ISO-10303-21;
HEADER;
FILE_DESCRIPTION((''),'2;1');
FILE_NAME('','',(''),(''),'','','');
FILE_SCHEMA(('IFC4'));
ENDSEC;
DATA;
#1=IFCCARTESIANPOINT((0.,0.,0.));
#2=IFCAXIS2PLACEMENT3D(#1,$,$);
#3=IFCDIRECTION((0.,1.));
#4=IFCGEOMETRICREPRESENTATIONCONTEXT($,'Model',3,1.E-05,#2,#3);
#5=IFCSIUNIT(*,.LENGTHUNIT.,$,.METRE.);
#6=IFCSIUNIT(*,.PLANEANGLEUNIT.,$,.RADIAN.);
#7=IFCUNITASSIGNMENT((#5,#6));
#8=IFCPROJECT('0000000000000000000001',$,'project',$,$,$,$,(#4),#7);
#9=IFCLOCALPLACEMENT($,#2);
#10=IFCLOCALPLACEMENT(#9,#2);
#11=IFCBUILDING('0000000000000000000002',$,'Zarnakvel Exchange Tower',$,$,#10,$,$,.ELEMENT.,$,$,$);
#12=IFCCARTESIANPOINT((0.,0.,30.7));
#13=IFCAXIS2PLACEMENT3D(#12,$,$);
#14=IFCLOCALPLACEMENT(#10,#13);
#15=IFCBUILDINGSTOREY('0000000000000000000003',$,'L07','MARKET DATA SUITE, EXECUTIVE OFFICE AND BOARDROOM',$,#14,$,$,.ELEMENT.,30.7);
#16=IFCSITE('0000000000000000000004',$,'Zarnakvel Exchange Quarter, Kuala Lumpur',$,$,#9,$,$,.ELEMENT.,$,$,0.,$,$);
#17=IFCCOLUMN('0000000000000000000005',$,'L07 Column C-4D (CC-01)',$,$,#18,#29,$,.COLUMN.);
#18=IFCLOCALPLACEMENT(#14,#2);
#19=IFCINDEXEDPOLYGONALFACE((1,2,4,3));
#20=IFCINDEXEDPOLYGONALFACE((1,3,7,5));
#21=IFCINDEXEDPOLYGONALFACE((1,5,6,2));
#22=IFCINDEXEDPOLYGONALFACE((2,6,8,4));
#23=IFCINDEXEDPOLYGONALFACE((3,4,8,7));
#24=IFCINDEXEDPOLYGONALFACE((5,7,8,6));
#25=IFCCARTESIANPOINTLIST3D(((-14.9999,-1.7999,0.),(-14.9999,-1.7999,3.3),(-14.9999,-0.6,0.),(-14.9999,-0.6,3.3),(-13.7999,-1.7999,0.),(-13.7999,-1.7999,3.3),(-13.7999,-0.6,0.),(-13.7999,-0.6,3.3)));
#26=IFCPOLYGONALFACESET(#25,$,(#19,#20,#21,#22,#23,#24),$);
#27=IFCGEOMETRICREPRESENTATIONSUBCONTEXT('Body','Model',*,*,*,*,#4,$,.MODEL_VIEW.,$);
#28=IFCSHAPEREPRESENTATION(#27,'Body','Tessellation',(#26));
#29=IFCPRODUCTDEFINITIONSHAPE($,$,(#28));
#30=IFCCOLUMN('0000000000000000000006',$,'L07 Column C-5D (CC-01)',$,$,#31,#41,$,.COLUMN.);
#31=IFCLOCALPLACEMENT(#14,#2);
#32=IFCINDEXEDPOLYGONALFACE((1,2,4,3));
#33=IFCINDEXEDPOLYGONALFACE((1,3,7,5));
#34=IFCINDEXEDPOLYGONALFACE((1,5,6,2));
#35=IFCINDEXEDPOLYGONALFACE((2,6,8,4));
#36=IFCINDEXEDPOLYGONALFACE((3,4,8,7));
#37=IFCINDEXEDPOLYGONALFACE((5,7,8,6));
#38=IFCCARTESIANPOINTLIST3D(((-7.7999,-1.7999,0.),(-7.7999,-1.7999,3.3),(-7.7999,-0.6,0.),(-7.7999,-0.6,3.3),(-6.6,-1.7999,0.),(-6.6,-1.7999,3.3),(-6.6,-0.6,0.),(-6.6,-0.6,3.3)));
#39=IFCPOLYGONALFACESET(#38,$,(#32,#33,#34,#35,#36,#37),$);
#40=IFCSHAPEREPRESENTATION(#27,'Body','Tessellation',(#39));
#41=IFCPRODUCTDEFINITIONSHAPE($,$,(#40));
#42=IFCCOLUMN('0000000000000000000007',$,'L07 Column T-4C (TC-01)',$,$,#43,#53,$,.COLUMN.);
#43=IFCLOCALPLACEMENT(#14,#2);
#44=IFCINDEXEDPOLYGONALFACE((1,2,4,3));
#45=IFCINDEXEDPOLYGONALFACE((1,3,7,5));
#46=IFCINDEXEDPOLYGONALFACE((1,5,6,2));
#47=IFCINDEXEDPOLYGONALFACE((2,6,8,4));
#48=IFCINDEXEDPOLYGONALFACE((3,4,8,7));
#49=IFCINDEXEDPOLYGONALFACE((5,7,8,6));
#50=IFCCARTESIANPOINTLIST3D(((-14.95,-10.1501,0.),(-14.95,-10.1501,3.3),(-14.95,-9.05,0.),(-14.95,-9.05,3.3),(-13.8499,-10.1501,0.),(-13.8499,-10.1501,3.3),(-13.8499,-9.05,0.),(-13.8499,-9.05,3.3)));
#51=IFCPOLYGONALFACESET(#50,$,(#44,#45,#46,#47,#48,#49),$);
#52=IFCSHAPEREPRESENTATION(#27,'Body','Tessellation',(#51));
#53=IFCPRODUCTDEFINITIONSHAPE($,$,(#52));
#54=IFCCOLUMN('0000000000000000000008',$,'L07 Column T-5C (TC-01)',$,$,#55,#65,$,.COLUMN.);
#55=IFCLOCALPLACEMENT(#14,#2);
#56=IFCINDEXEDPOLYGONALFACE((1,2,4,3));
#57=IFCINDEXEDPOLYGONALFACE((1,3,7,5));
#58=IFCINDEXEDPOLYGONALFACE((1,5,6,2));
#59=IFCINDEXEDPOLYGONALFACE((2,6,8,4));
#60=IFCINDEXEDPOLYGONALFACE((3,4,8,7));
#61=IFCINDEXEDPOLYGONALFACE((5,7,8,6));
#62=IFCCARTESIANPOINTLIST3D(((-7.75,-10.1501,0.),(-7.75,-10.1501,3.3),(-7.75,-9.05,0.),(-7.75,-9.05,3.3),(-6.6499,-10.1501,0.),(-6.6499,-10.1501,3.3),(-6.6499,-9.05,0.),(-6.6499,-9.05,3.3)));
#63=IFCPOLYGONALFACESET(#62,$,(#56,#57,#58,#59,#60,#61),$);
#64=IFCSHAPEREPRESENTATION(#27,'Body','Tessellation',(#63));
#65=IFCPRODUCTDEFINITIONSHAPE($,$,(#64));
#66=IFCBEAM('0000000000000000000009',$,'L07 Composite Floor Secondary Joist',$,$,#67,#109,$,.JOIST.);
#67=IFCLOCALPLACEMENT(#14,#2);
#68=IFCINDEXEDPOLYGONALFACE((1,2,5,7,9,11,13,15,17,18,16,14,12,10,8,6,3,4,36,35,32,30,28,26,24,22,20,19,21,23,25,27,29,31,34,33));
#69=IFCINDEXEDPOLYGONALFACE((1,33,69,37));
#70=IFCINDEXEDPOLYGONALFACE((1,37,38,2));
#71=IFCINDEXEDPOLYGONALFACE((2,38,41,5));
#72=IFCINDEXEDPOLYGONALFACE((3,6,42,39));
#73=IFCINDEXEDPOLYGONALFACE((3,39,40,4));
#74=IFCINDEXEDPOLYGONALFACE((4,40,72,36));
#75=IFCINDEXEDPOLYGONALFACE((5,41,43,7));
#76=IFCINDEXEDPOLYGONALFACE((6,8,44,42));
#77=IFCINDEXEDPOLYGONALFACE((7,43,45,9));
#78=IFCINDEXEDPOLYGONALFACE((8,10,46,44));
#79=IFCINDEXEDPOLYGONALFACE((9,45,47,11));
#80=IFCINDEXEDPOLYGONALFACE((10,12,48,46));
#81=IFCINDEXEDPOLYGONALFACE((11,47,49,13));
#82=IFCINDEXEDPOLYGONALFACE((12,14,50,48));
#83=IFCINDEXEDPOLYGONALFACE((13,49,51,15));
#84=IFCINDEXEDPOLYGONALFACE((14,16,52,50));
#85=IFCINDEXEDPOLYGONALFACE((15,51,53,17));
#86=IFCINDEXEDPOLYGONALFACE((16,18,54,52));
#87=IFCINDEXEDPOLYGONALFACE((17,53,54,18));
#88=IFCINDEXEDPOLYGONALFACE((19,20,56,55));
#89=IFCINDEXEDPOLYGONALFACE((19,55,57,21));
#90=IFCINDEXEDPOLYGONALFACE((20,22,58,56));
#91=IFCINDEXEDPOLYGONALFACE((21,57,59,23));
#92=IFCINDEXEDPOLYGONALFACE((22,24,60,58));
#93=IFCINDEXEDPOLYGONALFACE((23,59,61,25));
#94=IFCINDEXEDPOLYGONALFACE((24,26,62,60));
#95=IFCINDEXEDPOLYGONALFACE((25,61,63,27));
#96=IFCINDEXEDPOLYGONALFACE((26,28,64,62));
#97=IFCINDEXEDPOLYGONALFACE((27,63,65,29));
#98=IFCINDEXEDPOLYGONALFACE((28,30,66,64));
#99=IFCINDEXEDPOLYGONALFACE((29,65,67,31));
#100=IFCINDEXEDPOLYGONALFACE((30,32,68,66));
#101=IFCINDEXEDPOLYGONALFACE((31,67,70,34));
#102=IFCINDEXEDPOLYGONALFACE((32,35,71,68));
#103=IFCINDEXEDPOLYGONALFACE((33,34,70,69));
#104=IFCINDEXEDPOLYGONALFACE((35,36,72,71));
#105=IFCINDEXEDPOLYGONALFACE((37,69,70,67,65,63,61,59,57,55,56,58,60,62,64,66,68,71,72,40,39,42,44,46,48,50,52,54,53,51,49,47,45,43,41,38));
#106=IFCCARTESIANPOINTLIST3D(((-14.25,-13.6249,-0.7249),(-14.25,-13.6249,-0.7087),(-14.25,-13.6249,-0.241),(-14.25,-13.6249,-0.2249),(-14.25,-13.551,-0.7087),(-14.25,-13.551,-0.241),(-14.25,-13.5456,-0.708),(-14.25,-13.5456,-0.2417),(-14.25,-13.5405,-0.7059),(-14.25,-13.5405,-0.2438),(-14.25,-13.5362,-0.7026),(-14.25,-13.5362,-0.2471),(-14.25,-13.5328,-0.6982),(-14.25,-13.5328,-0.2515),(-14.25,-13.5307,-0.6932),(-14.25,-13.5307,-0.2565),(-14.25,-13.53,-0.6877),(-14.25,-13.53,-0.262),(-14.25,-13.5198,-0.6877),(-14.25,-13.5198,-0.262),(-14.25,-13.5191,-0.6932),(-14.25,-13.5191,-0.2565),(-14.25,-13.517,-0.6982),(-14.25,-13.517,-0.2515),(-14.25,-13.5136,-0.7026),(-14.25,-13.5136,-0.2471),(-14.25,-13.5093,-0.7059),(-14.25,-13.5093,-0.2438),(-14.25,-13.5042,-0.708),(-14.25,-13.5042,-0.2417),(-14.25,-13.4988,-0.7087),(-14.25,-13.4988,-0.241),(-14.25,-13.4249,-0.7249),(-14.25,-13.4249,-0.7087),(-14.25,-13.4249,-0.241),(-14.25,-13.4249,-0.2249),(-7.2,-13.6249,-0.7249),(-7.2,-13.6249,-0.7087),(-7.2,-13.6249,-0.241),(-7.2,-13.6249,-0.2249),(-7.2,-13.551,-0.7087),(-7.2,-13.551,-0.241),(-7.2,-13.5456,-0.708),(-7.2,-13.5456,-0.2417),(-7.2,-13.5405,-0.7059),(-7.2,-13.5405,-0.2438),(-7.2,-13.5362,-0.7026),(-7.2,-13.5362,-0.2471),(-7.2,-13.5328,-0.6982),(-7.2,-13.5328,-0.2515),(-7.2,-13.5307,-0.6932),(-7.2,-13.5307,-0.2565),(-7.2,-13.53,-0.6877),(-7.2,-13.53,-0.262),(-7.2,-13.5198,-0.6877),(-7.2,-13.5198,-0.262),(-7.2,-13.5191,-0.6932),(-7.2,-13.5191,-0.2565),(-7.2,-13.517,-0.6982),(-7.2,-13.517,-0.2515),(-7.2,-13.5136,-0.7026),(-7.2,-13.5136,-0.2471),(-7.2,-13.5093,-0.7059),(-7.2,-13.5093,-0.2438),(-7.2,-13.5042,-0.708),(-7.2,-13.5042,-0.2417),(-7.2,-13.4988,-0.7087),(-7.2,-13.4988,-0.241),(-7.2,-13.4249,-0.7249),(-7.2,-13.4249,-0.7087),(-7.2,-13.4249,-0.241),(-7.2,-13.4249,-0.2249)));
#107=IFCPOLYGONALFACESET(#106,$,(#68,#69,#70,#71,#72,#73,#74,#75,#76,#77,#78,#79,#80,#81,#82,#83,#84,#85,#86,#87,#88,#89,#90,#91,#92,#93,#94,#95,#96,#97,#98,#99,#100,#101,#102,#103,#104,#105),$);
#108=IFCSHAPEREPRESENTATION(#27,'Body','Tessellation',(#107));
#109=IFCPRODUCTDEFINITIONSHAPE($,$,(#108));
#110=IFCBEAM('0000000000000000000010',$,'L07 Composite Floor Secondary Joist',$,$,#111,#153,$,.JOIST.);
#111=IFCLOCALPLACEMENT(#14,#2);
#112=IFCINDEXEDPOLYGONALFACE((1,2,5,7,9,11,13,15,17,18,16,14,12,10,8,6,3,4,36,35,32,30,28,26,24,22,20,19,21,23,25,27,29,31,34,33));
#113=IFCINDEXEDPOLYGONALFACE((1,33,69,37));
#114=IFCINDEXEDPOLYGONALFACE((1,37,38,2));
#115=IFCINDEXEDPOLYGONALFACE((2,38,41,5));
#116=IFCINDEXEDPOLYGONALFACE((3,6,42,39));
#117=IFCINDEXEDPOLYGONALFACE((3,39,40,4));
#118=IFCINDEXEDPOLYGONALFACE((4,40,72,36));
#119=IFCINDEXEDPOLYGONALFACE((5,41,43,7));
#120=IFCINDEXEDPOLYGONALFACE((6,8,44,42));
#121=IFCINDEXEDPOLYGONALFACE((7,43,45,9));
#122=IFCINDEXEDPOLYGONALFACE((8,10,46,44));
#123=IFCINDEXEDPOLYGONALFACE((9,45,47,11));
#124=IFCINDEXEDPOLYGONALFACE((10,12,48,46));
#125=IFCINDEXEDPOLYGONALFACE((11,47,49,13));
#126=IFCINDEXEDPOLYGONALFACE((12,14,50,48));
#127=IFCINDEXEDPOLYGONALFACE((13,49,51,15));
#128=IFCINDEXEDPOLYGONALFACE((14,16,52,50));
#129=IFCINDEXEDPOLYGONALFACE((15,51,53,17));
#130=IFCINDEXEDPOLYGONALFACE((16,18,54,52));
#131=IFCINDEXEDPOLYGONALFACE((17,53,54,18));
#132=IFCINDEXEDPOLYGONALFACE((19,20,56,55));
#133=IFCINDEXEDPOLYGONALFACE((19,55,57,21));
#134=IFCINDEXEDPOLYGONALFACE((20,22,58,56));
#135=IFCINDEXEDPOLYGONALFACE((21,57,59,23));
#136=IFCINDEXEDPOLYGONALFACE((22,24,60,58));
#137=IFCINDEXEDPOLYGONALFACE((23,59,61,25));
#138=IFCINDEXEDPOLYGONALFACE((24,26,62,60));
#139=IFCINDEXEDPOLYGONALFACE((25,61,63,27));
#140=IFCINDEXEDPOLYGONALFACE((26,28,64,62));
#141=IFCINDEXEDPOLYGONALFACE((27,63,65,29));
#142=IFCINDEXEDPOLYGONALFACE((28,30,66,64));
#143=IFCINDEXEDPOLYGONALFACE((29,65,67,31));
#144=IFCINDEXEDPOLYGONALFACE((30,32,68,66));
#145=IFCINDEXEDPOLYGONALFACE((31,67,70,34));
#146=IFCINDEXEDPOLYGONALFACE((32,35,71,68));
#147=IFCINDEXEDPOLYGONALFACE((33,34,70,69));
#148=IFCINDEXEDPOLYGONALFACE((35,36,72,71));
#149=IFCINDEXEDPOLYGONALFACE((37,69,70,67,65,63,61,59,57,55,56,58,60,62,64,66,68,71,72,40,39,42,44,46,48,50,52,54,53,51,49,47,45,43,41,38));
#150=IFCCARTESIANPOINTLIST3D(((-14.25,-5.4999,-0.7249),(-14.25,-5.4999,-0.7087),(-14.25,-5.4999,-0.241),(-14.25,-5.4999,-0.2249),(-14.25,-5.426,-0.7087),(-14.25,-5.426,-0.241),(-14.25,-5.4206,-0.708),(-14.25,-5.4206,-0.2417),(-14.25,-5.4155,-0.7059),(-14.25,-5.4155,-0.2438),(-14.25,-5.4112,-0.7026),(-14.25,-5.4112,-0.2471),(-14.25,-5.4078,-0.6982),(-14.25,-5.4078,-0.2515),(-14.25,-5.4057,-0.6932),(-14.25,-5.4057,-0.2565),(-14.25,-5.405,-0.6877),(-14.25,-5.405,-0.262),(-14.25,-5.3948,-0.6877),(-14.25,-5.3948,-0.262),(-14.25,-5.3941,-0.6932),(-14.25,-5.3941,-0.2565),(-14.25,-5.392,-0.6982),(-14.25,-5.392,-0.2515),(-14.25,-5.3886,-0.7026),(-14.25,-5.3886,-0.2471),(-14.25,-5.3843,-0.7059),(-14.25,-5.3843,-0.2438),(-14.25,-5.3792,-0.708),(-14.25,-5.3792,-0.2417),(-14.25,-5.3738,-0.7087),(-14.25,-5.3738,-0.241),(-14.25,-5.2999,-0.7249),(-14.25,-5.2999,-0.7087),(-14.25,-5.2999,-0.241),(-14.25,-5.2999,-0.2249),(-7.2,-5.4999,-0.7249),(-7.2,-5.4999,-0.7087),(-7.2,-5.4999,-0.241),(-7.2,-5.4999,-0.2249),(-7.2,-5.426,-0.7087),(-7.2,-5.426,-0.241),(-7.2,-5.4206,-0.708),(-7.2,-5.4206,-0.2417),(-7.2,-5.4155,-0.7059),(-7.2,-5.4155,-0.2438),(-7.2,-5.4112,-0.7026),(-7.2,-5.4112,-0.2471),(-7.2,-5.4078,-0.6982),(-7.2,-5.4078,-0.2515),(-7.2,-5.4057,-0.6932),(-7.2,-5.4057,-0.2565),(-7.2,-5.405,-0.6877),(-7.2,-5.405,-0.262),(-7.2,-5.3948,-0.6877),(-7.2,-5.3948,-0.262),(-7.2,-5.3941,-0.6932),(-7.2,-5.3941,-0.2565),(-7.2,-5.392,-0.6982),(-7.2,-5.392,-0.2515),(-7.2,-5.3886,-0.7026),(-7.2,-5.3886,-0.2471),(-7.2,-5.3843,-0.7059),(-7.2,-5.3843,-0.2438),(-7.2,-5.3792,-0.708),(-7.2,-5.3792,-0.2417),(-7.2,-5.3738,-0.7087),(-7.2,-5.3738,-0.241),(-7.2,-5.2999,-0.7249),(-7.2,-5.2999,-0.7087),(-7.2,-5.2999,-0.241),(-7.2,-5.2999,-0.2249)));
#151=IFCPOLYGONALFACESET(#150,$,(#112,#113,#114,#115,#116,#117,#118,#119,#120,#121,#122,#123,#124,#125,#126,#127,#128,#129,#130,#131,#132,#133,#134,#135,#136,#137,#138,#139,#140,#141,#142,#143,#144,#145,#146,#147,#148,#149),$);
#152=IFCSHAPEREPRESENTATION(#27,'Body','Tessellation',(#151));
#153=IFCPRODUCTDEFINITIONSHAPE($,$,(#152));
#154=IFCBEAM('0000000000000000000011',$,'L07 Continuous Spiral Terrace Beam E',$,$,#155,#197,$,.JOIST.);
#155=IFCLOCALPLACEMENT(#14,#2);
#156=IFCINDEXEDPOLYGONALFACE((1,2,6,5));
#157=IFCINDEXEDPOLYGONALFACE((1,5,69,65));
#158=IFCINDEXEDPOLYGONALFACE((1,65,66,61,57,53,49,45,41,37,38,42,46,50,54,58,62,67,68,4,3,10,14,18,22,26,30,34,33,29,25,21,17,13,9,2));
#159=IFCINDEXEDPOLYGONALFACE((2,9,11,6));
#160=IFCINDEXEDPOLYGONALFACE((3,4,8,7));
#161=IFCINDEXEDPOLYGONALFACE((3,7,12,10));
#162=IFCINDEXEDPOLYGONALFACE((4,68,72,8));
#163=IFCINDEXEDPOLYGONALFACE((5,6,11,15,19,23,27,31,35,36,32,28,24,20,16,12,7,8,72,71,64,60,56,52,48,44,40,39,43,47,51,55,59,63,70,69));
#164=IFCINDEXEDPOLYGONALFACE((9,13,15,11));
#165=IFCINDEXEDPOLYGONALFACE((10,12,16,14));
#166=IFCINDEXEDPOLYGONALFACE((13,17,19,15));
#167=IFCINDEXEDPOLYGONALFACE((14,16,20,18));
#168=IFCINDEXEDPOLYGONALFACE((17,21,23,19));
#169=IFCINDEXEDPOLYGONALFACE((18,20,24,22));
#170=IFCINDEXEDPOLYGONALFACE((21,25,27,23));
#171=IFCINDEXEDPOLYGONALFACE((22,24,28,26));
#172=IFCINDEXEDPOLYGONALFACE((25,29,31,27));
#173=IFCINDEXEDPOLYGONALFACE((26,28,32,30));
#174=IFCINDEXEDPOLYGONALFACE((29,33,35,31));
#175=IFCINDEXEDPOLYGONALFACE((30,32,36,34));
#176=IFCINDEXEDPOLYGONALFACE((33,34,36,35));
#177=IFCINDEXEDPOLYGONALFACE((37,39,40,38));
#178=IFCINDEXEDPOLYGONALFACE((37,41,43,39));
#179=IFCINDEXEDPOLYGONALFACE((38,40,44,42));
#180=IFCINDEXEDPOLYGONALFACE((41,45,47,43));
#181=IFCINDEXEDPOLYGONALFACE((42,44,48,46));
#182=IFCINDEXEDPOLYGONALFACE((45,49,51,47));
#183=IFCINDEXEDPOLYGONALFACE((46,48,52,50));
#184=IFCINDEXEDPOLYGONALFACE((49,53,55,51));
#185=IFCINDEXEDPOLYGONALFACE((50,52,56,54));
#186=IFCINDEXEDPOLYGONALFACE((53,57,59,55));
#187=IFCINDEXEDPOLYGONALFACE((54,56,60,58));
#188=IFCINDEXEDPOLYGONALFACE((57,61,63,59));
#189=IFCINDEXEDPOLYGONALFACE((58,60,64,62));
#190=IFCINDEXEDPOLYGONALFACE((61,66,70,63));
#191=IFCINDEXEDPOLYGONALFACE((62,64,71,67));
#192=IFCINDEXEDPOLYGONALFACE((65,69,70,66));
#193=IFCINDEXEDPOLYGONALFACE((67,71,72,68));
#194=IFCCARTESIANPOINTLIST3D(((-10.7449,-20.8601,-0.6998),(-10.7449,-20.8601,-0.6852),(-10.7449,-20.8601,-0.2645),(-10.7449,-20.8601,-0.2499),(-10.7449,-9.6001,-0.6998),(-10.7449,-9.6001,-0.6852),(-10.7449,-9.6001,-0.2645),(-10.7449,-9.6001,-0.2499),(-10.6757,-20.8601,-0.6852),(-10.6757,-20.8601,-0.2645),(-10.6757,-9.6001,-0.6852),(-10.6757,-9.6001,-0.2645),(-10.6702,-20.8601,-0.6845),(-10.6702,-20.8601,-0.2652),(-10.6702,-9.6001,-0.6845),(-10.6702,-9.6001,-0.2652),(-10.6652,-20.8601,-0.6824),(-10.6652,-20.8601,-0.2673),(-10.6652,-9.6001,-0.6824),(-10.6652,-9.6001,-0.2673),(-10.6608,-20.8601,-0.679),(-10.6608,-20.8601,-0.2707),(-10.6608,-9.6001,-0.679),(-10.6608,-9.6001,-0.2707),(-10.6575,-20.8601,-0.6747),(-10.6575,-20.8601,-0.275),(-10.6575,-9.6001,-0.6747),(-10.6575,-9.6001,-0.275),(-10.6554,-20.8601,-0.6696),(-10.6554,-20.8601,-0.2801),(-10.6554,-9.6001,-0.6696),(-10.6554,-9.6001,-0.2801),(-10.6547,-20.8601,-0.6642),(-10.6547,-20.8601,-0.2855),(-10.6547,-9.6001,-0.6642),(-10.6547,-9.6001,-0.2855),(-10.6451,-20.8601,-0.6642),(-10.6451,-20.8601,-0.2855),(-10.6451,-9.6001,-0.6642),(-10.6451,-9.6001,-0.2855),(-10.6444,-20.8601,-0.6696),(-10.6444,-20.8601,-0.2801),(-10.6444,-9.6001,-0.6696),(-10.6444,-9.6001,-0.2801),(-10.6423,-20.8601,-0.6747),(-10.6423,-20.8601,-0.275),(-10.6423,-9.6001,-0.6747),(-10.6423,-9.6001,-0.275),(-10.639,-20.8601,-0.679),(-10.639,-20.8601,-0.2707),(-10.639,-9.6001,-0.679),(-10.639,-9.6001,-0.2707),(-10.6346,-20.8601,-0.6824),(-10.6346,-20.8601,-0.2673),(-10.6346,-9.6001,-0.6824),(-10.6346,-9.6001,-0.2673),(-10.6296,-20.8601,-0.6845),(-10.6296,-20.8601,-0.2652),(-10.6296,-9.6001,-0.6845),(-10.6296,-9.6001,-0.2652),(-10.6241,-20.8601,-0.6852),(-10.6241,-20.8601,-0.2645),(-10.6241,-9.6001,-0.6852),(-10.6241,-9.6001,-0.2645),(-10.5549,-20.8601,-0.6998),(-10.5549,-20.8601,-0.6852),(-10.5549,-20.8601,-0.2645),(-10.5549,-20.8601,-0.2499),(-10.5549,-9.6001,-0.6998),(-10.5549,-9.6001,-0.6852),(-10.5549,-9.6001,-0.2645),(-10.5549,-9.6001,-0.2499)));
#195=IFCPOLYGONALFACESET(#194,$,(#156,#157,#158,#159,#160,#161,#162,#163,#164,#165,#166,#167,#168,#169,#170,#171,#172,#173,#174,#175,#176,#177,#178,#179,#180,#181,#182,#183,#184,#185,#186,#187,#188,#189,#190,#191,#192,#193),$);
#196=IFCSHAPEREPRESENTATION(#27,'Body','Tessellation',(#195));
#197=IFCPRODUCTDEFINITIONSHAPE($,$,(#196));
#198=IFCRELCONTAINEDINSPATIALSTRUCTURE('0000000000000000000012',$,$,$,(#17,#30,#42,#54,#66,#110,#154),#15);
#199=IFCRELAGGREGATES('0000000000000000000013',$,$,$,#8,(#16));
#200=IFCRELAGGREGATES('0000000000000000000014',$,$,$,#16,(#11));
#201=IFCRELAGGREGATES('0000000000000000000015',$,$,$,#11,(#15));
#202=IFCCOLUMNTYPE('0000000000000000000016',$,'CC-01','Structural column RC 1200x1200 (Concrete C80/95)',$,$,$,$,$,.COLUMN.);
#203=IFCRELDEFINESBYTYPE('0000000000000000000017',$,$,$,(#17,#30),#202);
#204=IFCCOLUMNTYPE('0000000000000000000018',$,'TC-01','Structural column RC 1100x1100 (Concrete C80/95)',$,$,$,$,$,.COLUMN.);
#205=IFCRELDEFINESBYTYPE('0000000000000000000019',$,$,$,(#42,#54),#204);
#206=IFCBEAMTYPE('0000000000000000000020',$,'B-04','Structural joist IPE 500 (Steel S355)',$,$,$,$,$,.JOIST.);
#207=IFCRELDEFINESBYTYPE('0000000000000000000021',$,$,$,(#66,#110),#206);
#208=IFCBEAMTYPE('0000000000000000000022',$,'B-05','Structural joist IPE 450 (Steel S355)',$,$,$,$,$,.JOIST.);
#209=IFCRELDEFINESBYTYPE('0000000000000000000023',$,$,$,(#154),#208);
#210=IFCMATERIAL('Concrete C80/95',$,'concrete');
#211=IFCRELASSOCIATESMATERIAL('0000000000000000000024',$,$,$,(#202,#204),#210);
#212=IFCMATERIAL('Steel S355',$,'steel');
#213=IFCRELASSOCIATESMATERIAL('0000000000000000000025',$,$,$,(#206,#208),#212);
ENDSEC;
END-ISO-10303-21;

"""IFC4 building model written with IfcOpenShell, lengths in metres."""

from ifc_helpers import new_model, si_unit, direction, frame, origin, origin_2d, place, context, subcontext, project, spatial, rectangle, i_section, extrude, material, material_profile, profile_set, type_object, element, save


model = new_model("IFC4")

# Units and contexts
model_context = context("Model", 3, precision=1e-05, world=origin(), true_north=direction((0.0, 1.0)))
body_context = subcontext(model_context, "Body", "Model", "MODEL_VIEW")
ifc_project = project(units=[si_unit("LENGTHUNIT", "METRE"), si_unit("PLANEANGLEUNIT", "RADIAN")], contexts=[model_context])

# Site, building, storey
site_placement = place(None, origin())
site = spatial("IfcSite", under=ifc_project, at=site_placement, Name="Zarnakvel Exchange Quarter, Kuala Lumpur", CompositionType="ELEMENT", RefElevation=0.0)
building_placement = place(site_placement, origin())
building = spatial("IfcBuilding", under=site, at=building_placement, Name="Zarnakvel Exchange Tower", CompositionType="ELEMENT")
storey_placement = place(building_placement, frame((0.0, 0.0, 30.7)))
storey = spatial("IfcBuildingStorey", under=building, at=storey_placement, Name="L07", Description="MARKET DATA SUITE, EXECUTIVE OFFICE AND BOARDROOM", CompositionType="ELEMENT", Elevation=30.7)

# Columns
ifc_material_1 = material(Name="Concrete C80/95", Category="concrete")
ifc_material_profile_1 = material_profile(ifc_material_1, rectangle(XDim=1.2, YDim=1.2, at=origin_2d()))
ifc_profile_set_1 = profile_set([ifc_material_profile_1], Name="Concrete C80/95")
column_type_1 = type_object("IfcColumnType", Name="CC-01", Description="Structural column RC 1200x1200 (Concrete C80/95)", PredefinedType="COLUMN", material=ifc_profile_set_1)
for number, where, z_axis, x_axis, name in (
    (1, (-14.3999, -1.2, 0.0), (0.0, 0.0, 1.0), (1.0, 0.0, 0.0), "L07 Column C-4D (CC-01)"),
    (2, (-7.2, -1.2, 0.0), (0.0, 0.0, 1.0), (1.0, 0.0, 0.0), "L07 Column C-5D (CC-01)"),
):
    element("IfcColumn", number, at=place(storey_placement, frame(where, z_axis=z_axis, x_axis=x_axis)), inside=storey, type_object=column_type_1, Name=name, PredefinedType="COLUMN", context=body_context, shape_type="SweptSolid", body=[
        extrude(rectangle(XDim=1.2, YDim=1.2, at=origin_2d()), origin(), (0.0, 0.0, 1.0), 3.3),
    ])
ifc_material_profile_2 = material_profile(ifc_material_1, rectangle(XDim=1.1001, YDim=1.1001, at=origin_2d()))
ifc_profile_set_2 = profile_set([ifc_material_profile_2], Name="Concrete C80/95")
column_type_2 = type_object("IfcColumnType", Name="TC-01", Description="Structural column RC 1100x1100 (Concrete C80/95)", PredefinedType="COLUMN", material=ifc_profile_set_2)
for number, where, z_axis, x_axis, name in (
    (3, (-14.3999, -9.6001, 0.0), (0.0, 0.0, 1.0), (1.0, 0.0, 0.0), "L07 Column T-4C (TC-01)"),
    (4, (-7.2, -9.6001, 0.0), (0.0, 0.0, 1.0), (1.0, 0.0, 0.0), "L07 Column T-5C (TC-01)"),
):
    element("IfcColumn", number, at=place(storey_placement, frame(where, z_axis=z_axis, x_axis=x_axis)), inside=storey, type_object=column_type_2, Name=name, PredefinedType="COLUMN", context=body_context, shape_type="SweptSolid", body=[
        extrude(rectangle(XDim=1.1001, YDim=1.1001, at=origin_2d()), origin(), (0.0, 0.0, 1.0), 3.3),
    ])

# Beams
ifc_material_2 = material(Name="Steel S355", Category="steel")
ifc_material_profile_3 = material_profile(ifc_material_2, i_section(OverallWidth=0.2, OverallDepth=0.5, WebThickness=0.0103, FlangeThickness=0.0161, FilletRadius=0.021, at=origin_2d()))
ifc_profile_set_3 = profile_set([ifc_material_profile_3], Name="Steel S355")
beam_type_1 = type_object("IfcBeamType", Name="B-04", Description="Structural joist IPE 500 (Steel S355)", PredefinedType="JOIST", material=ifc_profile_set_3)
for number, where, z_axis, x_axis, name in (
    (5, (-14.25, -13.5249, -0.4749), (1.0, 0.0, 0.0), (0.0, 1.0, 0.0), "L07 Composite Floor Secondary Joist"),
    (6, (-14.25, -5.3999, -0.4749), (1.0, 0.0, 0.0), (0.0, 1.0, 0.0), "L07 Composite Floor Secondary Joist"),
):
    element("IfcBeam", number, at=place(storey_placement, frame(where, z_axis=z_axis, x_axis=x_axis)), inside=storey, type_object=beam_type_1, Name=name, PredefinedType="JOIST", context=body_context, shape_type="SweptSolid", body=[
        extrude(i_section(OverallWidth=0.2, OverallDepth=0.5, WebThickness=0.0103, FlangeThickness=0.0161, FilletRadius=0.021, at=origin_2d()), origin(), (0.0, 0.0, 1.0), 7.05),
    ])
ifc_material_profile_4 = material_profile(ifc_material_2, i_section(OverallWidth=0.1899, OverallDepth=0.45, WebThickness=0.0095, FlangeThickness=0.0146, FilletRadius=0.021, at=origin_2d()))
ifc_profile_set_4 = profile_set([ifc_material_profile_4], Name="Steel S355")
beam_type_2 = type_object("IfcBeamType", Name="B-05", Description="Structural joist IPE 450 (Steel S355)", PredefinedType="JOIST", material=ifc_profile_set_4)
beam_1_placement = place(storey_placement, frame((-10.6499, -9.6001, -0.4749), z_axis=(0.0, -1.0, 0.0), x_axis=(1.0, 0.0, 0.0)))
element("IfcBeam", 7, at=beam_1_placement, inside=storey, type_object=beam_type_2, Name="L07 Continuous Spiral Terrace Beam E", PredefinedType="JOIST", context=body_context, shape_type="SweptSolid", body=[
    extrude(i_section(OverallWidth=0.1899, OverallDepth=0.45, WebThickness=0.0095, FlangeThickness=0.0146, FilletRadius=0.021, at=origin_2d()), origin(), (0.0, 0.0, 1.0), 11.26),
])

save(model, "model.ifc")
